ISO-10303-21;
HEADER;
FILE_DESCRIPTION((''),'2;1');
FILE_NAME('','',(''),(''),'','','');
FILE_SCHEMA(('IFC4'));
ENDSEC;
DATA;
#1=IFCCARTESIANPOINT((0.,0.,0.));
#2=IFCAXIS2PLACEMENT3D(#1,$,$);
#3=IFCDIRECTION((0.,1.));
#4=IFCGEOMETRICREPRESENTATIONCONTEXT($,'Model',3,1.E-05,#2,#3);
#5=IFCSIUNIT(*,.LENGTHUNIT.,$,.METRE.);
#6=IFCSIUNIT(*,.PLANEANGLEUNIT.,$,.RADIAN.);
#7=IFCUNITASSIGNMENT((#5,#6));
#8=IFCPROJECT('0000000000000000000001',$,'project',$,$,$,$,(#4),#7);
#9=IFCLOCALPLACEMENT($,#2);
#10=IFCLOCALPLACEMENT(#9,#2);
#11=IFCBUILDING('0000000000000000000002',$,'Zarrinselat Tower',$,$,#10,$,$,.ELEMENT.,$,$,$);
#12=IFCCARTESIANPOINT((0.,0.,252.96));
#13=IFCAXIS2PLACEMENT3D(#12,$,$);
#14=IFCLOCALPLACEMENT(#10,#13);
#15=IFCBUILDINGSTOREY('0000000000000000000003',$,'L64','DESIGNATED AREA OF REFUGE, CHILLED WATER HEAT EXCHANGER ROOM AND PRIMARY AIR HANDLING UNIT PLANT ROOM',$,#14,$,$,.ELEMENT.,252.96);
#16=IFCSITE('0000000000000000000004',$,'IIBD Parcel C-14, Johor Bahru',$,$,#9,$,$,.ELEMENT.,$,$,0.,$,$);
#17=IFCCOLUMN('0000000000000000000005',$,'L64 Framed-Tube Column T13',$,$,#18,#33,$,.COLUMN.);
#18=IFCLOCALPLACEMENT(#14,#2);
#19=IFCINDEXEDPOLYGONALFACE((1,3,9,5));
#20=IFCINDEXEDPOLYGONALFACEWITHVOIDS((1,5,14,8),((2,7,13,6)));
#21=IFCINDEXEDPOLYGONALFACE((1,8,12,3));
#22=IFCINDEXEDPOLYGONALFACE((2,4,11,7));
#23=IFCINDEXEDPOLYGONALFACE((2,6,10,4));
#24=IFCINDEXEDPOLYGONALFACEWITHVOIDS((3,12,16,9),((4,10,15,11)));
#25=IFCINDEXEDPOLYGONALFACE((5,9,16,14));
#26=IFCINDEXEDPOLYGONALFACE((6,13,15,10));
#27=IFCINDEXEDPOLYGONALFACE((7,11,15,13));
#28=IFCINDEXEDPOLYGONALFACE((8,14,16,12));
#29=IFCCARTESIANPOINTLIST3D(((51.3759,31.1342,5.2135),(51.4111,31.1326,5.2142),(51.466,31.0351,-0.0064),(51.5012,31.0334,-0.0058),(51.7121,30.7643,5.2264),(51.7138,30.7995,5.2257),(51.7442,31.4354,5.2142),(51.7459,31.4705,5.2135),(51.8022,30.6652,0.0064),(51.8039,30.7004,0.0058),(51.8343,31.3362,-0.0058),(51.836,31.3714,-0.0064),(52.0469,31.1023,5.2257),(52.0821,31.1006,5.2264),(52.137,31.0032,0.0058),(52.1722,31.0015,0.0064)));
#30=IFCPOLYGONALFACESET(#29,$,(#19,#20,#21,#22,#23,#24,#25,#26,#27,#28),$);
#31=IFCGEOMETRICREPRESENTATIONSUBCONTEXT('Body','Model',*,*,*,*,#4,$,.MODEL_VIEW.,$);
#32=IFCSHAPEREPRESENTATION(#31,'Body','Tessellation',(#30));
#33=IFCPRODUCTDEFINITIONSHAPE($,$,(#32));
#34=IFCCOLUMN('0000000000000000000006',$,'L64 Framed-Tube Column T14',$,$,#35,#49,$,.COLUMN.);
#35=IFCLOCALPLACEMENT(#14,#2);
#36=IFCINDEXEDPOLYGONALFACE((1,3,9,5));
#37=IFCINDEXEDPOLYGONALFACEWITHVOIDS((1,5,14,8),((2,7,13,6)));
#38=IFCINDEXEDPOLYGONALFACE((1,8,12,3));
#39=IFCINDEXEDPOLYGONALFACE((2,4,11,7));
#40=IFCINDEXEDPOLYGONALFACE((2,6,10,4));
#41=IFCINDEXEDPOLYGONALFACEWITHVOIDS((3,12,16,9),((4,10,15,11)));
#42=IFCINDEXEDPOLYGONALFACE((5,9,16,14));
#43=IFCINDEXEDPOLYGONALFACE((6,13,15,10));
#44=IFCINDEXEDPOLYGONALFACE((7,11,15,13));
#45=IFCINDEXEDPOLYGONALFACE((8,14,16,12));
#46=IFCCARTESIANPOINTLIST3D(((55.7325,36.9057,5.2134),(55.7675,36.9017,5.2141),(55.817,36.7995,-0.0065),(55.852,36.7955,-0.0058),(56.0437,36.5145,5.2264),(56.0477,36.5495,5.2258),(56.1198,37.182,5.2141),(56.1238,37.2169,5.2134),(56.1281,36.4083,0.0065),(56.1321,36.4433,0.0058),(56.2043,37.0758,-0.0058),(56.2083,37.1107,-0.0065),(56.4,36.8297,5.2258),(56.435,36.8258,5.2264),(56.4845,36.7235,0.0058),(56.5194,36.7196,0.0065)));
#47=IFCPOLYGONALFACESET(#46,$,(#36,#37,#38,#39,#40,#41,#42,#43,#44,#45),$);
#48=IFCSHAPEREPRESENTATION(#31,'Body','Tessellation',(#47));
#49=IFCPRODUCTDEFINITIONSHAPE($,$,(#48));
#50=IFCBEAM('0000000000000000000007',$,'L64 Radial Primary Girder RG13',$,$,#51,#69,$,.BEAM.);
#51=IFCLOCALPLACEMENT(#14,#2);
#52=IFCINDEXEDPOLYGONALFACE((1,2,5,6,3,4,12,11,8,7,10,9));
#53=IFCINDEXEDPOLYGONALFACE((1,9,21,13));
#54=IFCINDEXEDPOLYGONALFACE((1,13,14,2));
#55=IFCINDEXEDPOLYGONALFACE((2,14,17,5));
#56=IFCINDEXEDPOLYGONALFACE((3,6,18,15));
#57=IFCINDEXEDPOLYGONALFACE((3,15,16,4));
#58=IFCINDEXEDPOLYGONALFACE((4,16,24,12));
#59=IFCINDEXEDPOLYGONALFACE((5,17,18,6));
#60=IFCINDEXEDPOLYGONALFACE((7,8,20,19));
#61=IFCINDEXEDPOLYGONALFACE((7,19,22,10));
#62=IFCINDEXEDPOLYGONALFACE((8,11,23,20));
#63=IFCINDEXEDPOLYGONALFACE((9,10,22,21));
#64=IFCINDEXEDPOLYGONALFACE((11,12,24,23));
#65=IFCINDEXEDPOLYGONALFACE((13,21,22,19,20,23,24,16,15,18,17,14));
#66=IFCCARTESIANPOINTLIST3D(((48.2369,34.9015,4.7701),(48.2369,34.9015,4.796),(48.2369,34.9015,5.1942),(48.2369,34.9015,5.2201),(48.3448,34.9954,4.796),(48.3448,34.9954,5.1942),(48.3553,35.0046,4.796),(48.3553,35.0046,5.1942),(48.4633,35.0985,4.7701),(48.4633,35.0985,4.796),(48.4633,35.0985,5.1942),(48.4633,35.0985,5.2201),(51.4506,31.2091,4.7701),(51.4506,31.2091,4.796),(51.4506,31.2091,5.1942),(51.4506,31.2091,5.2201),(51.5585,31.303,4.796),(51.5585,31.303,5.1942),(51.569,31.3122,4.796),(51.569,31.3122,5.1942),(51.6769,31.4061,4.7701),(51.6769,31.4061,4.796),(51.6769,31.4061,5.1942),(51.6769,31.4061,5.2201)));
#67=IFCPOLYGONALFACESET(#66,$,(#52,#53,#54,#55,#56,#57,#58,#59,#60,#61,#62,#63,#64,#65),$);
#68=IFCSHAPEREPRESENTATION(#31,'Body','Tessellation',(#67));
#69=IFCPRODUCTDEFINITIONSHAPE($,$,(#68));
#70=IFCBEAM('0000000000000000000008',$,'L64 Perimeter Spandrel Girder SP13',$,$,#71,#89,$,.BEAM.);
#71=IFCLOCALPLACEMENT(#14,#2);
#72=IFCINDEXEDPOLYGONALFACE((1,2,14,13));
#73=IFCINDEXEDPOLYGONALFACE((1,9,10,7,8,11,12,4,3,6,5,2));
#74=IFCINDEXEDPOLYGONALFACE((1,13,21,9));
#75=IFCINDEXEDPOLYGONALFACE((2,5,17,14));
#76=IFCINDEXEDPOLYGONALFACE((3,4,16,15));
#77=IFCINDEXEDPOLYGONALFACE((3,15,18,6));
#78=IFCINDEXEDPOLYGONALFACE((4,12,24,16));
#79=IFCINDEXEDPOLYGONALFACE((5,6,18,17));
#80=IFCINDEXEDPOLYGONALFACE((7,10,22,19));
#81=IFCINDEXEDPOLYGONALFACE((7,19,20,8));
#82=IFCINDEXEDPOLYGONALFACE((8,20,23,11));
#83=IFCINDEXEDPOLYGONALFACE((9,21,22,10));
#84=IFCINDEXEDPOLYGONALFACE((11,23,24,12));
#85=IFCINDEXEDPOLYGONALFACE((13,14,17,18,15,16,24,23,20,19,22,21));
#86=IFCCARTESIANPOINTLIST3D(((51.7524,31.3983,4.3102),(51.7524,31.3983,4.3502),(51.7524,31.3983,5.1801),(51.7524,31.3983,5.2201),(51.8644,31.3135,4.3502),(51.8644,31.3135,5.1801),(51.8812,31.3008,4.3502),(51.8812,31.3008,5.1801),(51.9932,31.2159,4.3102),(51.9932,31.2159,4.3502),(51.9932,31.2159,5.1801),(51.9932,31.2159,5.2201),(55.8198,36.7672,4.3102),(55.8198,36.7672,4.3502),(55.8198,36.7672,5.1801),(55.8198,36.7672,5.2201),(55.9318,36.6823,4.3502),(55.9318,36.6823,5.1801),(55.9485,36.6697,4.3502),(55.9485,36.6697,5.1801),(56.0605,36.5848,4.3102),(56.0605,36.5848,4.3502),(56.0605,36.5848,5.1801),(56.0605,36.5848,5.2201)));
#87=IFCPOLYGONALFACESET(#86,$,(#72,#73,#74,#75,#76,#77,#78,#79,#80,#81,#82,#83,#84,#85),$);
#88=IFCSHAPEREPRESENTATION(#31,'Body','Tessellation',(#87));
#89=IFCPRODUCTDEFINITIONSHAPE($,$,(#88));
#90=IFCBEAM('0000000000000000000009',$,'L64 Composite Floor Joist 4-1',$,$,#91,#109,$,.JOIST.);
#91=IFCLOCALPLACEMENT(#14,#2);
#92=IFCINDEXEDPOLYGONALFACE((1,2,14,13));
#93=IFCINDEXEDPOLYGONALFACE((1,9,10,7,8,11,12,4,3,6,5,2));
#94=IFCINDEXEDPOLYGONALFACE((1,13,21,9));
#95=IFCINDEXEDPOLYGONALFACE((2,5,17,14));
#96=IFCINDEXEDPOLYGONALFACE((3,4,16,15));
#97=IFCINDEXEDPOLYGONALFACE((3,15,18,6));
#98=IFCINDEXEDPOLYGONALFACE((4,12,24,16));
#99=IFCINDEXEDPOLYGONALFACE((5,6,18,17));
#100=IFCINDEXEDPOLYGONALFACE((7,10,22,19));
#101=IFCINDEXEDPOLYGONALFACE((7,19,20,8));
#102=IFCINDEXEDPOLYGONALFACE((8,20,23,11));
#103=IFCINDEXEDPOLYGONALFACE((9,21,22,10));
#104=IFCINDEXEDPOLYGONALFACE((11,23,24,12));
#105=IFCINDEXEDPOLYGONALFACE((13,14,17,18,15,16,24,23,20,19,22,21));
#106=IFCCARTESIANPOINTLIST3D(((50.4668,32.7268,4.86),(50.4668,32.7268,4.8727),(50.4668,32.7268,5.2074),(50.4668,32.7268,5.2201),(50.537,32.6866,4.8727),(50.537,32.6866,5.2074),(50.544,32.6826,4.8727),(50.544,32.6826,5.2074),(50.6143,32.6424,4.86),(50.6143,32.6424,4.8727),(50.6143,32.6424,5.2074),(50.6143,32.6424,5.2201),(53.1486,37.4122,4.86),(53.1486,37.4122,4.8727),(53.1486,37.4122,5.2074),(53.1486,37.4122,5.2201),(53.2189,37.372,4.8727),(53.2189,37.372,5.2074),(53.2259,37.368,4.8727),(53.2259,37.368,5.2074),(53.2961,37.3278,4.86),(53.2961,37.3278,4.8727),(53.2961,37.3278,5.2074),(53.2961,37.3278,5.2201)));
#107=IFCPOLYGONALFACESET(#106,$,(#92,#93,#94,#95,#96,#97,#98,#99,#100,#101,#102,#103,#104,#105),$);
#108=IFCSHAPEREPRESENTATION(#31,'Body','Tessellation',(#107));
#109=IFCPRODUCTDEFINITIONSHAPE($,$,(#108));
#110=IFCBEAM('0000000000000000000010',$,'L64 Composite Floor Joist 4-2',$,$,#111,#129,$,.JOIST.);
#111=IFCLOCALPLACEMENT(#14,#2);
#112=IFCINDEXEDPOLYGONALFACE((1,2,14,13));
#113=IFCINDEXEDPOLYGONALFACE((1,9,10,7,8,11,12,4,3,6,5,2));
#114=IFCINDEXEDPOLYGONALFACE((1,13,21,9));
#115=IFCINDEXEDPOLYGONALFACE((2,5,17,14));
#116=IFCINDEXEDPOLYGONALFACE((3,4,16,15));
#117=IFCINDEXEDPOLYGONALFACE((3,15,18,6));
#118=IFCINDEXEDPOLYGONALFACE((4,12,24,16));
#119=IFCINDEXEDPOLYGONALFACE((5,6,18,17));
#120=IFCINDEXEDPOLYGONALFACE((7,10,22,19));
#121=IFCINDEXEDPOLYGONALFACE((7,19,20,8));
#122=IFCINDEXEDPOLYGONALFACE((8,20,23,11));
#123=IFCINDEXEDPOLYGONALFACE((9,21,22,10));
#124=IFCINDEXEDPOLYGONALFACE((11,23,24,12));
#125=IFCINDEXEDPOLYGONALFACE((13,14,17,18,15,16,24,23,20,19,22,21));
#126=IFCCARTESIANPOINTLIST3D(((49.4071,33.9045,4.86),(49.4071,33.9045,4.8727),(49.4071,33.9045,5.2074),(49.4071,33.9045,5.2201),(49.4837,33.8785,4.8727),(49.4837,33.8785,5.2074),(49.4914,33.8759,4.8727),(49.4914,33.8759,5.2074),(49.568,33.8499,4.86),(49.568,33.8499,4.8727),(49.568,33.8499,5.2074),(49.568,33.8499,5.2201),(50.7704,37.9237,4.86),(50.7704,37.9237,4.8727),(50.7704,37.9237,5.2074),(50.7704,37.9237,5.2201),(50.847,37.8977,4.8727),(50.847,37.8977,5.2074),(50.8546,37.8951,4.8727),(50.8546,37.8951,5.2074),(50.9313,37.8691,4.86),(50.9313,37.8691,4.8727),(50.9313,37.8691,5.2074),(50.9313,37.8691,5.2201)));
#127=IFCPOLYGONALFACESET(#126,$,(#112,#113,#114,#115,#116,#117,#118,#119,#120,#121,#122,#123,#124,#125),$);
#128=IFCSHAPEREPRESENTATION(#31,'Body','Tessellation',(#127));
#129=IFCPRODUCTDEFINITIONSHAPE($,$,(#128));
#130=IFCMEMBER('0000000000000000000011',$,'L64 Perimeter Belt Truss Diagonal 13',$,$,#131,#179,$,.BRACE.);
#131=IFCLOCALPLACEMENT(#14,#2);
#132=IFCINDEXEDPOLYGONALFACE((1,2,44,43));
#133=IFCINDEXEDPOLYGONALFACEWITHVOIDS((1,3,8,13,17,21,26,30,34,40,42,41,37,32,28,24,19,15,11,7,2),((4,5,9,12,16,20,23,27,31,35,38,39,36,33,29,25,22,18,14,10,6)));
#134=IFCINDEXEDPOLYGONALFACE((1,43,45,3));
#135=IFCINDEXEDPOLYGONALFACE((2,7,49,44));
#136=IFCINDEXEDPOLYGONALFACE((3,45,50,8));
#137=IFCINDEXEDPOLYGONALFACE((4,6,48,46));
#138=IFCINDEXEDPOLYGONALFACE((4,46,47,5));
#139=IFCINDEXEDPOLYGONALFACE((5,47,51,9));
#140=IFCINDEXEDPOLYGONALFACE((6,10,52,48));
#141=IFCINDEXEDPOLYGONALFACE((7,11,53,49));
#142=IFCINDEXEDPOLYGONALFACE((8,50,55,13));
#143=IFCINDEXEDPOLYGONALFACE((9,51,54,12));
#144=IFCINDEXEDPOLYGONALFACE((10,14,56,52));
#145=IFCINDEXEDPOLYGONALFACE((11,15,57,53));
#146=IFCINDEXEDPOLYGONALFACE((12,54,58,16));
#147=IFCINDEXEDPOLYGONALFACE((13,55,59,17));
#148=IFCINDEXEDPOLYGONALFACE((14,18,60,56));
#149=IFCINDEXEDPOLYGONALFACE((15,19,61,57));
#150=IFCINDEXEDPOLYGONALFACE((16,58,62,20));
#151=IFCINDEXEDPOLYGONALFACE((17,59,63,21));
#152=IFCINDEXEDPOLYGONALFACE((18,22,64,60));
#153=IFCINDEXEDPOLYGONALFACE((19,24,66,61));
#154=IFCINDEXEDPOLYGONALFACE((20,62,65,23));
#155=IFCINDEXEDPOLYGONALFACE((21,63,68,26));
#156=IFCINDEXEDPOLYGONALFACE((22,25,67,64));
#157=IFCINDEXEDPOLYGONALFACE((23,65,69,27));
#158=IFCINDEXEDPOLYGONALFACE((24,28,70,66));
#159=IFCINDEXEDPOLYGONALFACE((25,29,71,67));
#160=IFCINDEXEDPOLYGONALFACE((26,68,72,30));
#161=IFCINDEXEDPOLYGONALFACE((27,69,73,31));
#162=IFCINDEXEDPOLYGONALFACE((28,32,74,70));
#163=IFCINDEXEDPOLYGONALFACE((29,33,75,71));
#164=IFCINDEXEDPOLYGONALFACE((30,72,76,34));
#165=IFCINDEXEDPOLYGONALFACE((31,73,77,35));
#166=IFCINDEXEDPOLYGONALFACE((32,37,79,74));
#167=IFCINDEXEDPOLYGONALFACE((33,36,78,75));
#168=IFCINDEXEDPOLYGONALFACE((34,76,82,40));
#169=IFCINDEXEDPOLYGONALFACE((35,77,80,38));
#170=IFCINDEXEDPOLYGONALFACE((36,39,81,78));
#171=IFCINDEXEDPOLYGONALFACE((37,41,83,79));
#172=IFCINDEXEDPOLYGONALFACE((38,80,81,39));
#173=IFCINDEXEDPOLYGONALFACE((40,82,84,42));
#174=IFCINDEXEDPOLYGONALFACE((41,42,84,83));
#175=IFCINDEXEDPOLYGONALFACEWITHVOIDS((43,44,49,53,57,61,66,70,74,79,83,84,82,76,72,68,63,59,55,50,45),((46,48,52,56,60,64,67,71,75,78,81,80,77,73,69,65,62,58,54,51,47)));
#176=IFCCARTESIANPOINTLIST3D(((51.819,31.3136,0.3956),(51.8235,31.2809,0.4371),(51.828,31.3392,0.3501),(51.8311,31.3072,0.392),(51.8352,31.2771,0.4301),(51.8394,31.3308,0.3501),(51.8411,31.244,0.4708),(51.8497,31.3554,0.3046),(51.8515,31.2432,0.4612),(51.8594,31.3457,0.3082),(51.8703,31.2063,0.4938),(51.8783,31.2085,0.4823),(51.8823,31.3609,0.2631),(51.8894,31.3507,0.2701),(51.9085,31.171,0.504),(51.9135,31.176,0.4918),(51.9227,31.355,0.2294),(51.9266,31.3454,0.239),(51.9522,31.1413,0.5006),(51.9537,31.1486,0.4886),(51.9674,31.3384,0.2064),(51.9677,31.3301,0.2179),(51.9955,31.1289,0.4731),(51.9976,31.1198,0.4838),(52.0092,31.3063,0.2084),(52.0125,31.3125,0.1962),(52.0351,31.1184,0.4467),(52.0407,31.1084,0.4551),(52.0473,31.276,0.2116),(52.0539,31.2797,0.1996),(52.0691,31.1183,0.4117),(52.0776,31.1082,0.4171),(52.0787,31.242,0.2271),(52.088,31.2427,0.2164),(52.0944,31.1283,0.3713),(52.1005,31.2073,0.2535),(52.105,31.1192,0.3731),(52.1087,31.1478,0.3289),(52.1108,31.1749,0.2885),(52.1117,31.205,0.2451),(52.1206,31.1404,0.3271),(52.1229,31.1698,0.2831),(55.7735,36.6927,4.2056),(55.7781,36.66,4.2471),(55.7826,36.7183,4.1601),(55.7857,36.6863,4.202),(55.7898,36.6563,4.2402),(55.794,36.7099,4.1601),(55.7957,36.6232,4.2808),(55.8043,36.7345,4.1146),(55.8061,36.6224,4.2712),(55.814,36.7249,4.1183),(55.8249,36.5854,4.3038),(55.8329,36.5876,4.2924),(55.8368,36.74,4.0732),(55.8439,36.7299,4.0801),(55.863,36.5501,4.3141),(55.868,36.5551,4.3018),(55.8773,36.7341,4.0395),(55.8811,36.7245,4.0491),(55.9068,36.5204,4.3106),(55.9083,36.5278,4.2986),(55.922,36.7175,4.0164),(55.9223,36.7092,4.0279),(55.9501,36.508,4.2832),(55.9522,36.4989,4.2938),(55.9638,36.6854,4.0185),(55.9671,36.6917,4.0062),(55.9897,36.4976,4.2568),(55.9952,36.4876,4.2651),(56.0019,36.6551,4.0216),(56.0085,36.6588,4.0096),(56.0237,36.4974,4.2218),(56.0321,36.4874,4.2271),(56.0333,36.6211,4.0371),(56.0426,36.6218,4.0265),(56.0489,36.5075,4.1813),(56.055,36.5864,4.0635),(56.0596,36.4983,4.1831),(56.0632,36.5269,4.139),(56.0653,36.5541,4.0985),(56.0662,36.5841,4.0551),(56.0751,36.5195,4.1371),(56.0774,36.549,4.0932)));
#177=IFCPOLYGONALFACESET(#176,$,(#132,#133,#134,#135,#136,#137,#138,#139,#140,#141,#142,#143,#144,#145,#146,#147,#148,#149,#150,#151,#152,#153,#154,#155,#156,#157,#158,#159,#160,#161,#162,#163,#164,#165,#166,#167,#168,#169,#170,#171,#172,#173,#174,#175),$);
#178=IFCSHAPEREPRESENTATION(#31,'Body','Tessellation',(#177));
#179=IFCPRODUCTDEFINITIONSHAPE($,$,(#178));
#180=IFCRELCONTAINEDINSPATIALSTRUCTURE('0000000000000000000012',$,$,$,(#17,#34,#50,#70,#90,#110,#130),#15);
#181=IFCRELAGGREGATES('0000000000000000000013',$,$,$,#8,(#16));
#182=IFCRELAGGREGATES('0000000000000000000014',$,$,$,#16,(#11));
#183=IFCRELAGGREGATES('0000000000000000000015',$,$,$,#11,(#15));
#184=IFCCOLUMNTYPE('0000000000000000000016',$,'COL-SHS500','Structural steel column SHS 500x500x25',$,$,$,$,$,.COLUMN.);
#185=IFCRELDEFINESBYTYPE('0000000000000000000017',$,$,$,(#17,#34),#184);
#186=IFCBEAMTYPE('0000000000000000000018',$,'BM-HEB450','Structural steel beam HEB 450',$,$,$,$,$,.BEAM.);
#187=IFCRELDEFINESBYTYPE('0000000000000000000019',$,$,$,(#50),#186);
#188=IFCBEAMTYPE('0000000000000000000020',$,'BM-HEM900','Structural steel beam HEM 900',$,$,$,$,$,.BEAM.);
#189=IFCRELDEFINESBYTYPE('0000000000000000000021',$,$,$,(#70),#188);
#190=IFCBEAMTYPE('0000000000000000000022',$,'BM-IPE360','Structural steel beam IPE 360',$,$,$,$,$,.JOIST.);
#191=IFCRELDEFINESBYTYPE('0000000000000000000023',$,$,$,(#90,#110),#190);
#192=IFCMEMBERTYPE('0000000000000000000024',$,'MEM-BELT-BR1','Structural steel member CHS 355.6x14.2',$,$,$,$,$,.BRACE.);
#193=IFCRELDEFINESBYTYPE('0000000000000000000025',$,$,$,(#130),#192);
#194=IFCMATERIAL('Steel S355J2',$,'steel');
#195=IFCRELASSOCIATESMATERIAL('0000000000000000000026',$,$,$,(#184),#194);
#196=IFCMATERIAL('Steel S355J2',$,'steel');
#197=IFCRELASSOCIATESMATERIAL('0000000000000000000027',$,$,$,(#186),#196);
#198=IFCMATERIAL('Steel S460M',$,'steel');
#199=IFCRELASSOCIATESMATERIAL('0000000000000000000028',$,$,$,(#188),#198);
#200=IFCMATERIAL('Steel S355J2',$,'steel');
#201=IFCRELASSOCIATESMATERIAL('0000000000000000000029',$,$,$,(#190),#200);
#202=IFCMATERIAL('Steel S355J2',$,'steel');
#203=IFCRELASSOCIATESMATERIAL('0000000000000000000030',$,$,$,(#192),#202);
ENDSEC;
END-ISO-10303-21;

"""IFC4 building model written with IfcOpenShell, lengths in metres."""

from ifc_helpers import new_model, si_unit, direction, frame, origin, origin_2d, place, context, subcontext, project, spatial, hollow_rectangle, hollow_circle, i_section, extrude, material, material_profile, profile_set, type_object, element, save


model = new_model("IFC4")

# Units and contexts
model_context = context("Model", 3, precision=1e-05, world=origin(), true_north=direction((0.0, 1.0)))
body_context = subcontext(model_context, "Body", "Model", "MODEL_VIEW")
ifc_project = project(units=[si_unit("LENGTHUNIT", "METRE"), si_unit("PLANEANGLEUNIT", "RADIAN")], contexts=[model_context])

# Site, building, storey
site_placement = place(None, origin())
site = spatial("IfcSite", under=ifc_project, at=site_placement, Name="IIBD Parcel C-14, Johor Bahru", CompositionType="ELEMENT", RefElevation=0.0)
building_placement = place(site_placement, origin())
building = spatial("IfcBuilding", under=site, at=building_placement, Name="Zarrinselat Tower", CompositionType="ELEMENT")
storey_placement = place(building_placement, frame((0.0, 0.0, 252.96)))
storey = spatial("IfcBuildingStorey", under=building, at=storey_placement, Name="L64", Description="DESIGNATED AREA OF REFUGE, CHILLED WATER HEAT EXCHANGER ROOM AND PRIMARY AIR HANDLING UNIT PLANT ROOM", CompositionType="ELEMENT", Elevation=252.96)

# Columns
ifc_material_1 = material(Name="Steel S355J2", Category="steel")
ifc_material_profile_1 = material_profile(ifc_material_1, hollow_rectangle(XDim=0.5, YDim=0.5, WallThickness=0.0249, at=origin_2d()), Name="SHS 500x500x25")
ifc_profile_set_1 = profile_set([ifc_material_profile_1], Name="Steel S355J2")
column_type = type_object("IfcColumnType", Name="COL-SHS500", Description="Structural steel column SHS 500x500x25", PredefinedType="COLUMN", material=ifc_profile_set_1)
for number, where, z_axis, x_axis, name in (
    (1, (51.8191, 31.0183, 0.0), (-0.017253, 0.018983, 0.999671), (-0.740023, -0.672582, 0.0), "L64 Framed-Tube Column T13"),
    (2, (56.1682, 36.7595, 0.0), (-0.016177, 0.020338, 0.999662), (-0.782621, -0.622499, 0.0), "L64 Framed-Tube Column T14"),
):
    element("IfcColumn", number, at=place(storey_placement, frame(where, z_axis=z_axis, x_axis=x_axis)), inside=storey, type_object=column_type, Name=name, PredefinedType="COLUMN", context=body_context, shape_type="SweptSolid", body=[
        extrude(hollow_rectangle(XDim=0.5, YDim=0.5, WallThickness=0.0249, at=origin_2d()), origin(), (0.0, 0.0, 1.0), 5.2217),
    ])

# Beams
ifc_material_2 = material(Name="Steel S355J2", Category="steel")
ifc_material_profile_2 = material_profile(ifc_material_2, i_section(OverallWidth=0.3, OverallDepth=0.45, WebThickness=0.0139, FlangeThickness=0.0259, at=origin_2d()), Name="HEB 450")
ifc_profile_set_2 = profile_set([ifc_material_profile_2], Name="Steel S355J2")
beam_type_1 = type_object("IfcBeamType", Name="BM-HEB450", Description="Structural steel beam HEB 450", PredefinedType="BEAM", material=ifc_profile_set_2)
beam_1_placement = place(storey_placement, frame((48.3501, 35.0, 4.9951), z_axis=(0.656511, -0.754317, 0.0), x_axis=(0.754317, 0.656511, 0.0)))
element("IfcBeam", 3, at=beam_1_placement, inside=storey, type_object=beam_type_1, Name="L64 Radial Primary Girder RG13", PredefinedType="BEAM", context=body_context, shape_type="SweptSolid", body=[
    extrude(i_section(OverallWidth=0.3, OverallDepth=0.45, WebThickness=0.0139, FlangeThickness=0.0259, at=origin_2d()), origin(), (0.0, 0.0, 1.0), 4.895),
])
ifc_material_3 = material(Name="Steel S460M", Category="steel")
ifc_material_profile_3 = material_profile(ifc_material_3, i_section(OverallWidth=0.302, OverallDepth=0.9099, WebThickness=0.021, FlangeThickness=0.04, at=origin_2d()), Name="HEM 900")
ifc_profile_set_3 = profile_set([ifc_material_profile_3], Name="Steel S460M")
beam_type_2 = type_object("IfcBeamType", Name="BM-HEM900", Description="Structural steel beam HEM 900", PredefinedType="BEAM", material=ifc_profile_set_3)
beam_2_placement = place(storey_placement, frame((51.8728, 31.3071, 4.7651), z_axis=(0.603861, 0.79709, 0.0), x_axis=(-0.79709, 0.603861, 0.0)))
element("IfcBeam", 4, at=beam_2_placement, inside=storey, type_object=beam_type_2, Name="L64 Perimeter Spandrel Girder SP13", PredefinedType="BEAM", context=body_context, shape_type="SweptSolid", body=[
    extrude(i_section(OverallWidth=0.302, OverallDepth=0.9099, WebThickness=0.021, FlangeThickness=0.04, at=origin_2d()), origin(), (0.0, 0.0, 1.0), 6.7356),
])
ifc_material_4 = material(Name="Steel S355J2", Category="steel")
ifc_material_profile_4 = material_profile(ifc_material_4, i_section(OverallWidth=0.1699, OverallDepth=0.3601, WebThickness=0.0081, FlangeThickness=0.0127, at=origin_2d()), Name="IPE 360")
ifc_profile_set_4 = profile_set([ifc_material_profile_4], Name="Steel S355J2")
beam_type_3 = type_object("IfcBeamType", Name="BM-IPE360", Description="Structural steel beam IPE 360", PredefinedType="JOIST", material=ifc_profile_set_4)
beam_3_placement = place(storey_placement, frame((50.5405, 32.6846, 5.04), z_axis=(0.496757, 0.867889, 0.0), x_axis=(-0.867889, 0.496757, 0.0)))
element("IfcBeam", 5, at=beam_3_placement, inside=storey, type_object=beam_type_3, Name="L64 Composite Floor Joist 4-1", PredefinedType="JOIST", context=body_context, shape_type="SweptSolid", body=[
    extrude(i_section(OverallWidth=0.1699, OverallDepth=0.3601, WebThickness=0.0081, FlangeThickness=0.0127, at=origin_2d()), origin(), (0.0, 0.0, 1.0), 5.3987),
])
beam_4_placement = place(storey_placement, frame((49.4875, 33.8772, 5.04), z_axis=(0.321211, 0.947008, 0.0), x_axis=(-0.947008, 0.321211, 0.0)))
element("IfcBeam", 6, at=beam_4_placement, inside=storey, type_object=beam_type_3, Name="L64 Composite Floor Joist 4-2", PredefinedType="JOIST", context=body_context, shape_type="SweptSolid", body=[
    extrude(i_section(OverallWidth=0.1699, OverallDepth=0.3601, WebThickness=0.0081, FlangeThickness=0.0127, at=origin_2d()), origin(), (0.0, 0.0, 1.0), 4.2441),
])

# Member
ifc_material_5 = material(Name="Steel S355J2", Category="steel")
ifc_material_profile_5 = material_profile(ifc_material_5, hollow_circle(Radius=0.1777, WallThickness=0.0142, at=origin_2d()), Name="CHS 355.6x14.2")
ifc_profile_set_5 = profile_set([ifc_material_profile_5], Name="Steel S355J2")
member_type_1 = type_object("IfcMemberType", Name="MEM-BELT-BR1", Description="Structural steel member CHS 355.6x14.2", PredefinedType="BRACE", material=ifc_profile_set_5)
member_1_placement = place(storey_placement, frame((51.9712, 31.2339, 0.3501), z_axis=(0.514449, 0.699769, 0.495647), x_axis=(-0.805699, 0.592326, 0.0)))
element("IfcMember", 7, at=member_1_placement, inside=storey, type_object=member_type_1, Name="L64 Perimeter Belt Truss Diagonal 13", PredefinedType="BRACE", context=body_context, shape_type="SweptSolid", body=[
    extrude(hollow_circle(Radius=0.1777, WallThickness=0.0142, at=origin_2d()), origin(), (0.0, 0.0, 1.0), 7.687),
])

save(model, "model.ifc")
